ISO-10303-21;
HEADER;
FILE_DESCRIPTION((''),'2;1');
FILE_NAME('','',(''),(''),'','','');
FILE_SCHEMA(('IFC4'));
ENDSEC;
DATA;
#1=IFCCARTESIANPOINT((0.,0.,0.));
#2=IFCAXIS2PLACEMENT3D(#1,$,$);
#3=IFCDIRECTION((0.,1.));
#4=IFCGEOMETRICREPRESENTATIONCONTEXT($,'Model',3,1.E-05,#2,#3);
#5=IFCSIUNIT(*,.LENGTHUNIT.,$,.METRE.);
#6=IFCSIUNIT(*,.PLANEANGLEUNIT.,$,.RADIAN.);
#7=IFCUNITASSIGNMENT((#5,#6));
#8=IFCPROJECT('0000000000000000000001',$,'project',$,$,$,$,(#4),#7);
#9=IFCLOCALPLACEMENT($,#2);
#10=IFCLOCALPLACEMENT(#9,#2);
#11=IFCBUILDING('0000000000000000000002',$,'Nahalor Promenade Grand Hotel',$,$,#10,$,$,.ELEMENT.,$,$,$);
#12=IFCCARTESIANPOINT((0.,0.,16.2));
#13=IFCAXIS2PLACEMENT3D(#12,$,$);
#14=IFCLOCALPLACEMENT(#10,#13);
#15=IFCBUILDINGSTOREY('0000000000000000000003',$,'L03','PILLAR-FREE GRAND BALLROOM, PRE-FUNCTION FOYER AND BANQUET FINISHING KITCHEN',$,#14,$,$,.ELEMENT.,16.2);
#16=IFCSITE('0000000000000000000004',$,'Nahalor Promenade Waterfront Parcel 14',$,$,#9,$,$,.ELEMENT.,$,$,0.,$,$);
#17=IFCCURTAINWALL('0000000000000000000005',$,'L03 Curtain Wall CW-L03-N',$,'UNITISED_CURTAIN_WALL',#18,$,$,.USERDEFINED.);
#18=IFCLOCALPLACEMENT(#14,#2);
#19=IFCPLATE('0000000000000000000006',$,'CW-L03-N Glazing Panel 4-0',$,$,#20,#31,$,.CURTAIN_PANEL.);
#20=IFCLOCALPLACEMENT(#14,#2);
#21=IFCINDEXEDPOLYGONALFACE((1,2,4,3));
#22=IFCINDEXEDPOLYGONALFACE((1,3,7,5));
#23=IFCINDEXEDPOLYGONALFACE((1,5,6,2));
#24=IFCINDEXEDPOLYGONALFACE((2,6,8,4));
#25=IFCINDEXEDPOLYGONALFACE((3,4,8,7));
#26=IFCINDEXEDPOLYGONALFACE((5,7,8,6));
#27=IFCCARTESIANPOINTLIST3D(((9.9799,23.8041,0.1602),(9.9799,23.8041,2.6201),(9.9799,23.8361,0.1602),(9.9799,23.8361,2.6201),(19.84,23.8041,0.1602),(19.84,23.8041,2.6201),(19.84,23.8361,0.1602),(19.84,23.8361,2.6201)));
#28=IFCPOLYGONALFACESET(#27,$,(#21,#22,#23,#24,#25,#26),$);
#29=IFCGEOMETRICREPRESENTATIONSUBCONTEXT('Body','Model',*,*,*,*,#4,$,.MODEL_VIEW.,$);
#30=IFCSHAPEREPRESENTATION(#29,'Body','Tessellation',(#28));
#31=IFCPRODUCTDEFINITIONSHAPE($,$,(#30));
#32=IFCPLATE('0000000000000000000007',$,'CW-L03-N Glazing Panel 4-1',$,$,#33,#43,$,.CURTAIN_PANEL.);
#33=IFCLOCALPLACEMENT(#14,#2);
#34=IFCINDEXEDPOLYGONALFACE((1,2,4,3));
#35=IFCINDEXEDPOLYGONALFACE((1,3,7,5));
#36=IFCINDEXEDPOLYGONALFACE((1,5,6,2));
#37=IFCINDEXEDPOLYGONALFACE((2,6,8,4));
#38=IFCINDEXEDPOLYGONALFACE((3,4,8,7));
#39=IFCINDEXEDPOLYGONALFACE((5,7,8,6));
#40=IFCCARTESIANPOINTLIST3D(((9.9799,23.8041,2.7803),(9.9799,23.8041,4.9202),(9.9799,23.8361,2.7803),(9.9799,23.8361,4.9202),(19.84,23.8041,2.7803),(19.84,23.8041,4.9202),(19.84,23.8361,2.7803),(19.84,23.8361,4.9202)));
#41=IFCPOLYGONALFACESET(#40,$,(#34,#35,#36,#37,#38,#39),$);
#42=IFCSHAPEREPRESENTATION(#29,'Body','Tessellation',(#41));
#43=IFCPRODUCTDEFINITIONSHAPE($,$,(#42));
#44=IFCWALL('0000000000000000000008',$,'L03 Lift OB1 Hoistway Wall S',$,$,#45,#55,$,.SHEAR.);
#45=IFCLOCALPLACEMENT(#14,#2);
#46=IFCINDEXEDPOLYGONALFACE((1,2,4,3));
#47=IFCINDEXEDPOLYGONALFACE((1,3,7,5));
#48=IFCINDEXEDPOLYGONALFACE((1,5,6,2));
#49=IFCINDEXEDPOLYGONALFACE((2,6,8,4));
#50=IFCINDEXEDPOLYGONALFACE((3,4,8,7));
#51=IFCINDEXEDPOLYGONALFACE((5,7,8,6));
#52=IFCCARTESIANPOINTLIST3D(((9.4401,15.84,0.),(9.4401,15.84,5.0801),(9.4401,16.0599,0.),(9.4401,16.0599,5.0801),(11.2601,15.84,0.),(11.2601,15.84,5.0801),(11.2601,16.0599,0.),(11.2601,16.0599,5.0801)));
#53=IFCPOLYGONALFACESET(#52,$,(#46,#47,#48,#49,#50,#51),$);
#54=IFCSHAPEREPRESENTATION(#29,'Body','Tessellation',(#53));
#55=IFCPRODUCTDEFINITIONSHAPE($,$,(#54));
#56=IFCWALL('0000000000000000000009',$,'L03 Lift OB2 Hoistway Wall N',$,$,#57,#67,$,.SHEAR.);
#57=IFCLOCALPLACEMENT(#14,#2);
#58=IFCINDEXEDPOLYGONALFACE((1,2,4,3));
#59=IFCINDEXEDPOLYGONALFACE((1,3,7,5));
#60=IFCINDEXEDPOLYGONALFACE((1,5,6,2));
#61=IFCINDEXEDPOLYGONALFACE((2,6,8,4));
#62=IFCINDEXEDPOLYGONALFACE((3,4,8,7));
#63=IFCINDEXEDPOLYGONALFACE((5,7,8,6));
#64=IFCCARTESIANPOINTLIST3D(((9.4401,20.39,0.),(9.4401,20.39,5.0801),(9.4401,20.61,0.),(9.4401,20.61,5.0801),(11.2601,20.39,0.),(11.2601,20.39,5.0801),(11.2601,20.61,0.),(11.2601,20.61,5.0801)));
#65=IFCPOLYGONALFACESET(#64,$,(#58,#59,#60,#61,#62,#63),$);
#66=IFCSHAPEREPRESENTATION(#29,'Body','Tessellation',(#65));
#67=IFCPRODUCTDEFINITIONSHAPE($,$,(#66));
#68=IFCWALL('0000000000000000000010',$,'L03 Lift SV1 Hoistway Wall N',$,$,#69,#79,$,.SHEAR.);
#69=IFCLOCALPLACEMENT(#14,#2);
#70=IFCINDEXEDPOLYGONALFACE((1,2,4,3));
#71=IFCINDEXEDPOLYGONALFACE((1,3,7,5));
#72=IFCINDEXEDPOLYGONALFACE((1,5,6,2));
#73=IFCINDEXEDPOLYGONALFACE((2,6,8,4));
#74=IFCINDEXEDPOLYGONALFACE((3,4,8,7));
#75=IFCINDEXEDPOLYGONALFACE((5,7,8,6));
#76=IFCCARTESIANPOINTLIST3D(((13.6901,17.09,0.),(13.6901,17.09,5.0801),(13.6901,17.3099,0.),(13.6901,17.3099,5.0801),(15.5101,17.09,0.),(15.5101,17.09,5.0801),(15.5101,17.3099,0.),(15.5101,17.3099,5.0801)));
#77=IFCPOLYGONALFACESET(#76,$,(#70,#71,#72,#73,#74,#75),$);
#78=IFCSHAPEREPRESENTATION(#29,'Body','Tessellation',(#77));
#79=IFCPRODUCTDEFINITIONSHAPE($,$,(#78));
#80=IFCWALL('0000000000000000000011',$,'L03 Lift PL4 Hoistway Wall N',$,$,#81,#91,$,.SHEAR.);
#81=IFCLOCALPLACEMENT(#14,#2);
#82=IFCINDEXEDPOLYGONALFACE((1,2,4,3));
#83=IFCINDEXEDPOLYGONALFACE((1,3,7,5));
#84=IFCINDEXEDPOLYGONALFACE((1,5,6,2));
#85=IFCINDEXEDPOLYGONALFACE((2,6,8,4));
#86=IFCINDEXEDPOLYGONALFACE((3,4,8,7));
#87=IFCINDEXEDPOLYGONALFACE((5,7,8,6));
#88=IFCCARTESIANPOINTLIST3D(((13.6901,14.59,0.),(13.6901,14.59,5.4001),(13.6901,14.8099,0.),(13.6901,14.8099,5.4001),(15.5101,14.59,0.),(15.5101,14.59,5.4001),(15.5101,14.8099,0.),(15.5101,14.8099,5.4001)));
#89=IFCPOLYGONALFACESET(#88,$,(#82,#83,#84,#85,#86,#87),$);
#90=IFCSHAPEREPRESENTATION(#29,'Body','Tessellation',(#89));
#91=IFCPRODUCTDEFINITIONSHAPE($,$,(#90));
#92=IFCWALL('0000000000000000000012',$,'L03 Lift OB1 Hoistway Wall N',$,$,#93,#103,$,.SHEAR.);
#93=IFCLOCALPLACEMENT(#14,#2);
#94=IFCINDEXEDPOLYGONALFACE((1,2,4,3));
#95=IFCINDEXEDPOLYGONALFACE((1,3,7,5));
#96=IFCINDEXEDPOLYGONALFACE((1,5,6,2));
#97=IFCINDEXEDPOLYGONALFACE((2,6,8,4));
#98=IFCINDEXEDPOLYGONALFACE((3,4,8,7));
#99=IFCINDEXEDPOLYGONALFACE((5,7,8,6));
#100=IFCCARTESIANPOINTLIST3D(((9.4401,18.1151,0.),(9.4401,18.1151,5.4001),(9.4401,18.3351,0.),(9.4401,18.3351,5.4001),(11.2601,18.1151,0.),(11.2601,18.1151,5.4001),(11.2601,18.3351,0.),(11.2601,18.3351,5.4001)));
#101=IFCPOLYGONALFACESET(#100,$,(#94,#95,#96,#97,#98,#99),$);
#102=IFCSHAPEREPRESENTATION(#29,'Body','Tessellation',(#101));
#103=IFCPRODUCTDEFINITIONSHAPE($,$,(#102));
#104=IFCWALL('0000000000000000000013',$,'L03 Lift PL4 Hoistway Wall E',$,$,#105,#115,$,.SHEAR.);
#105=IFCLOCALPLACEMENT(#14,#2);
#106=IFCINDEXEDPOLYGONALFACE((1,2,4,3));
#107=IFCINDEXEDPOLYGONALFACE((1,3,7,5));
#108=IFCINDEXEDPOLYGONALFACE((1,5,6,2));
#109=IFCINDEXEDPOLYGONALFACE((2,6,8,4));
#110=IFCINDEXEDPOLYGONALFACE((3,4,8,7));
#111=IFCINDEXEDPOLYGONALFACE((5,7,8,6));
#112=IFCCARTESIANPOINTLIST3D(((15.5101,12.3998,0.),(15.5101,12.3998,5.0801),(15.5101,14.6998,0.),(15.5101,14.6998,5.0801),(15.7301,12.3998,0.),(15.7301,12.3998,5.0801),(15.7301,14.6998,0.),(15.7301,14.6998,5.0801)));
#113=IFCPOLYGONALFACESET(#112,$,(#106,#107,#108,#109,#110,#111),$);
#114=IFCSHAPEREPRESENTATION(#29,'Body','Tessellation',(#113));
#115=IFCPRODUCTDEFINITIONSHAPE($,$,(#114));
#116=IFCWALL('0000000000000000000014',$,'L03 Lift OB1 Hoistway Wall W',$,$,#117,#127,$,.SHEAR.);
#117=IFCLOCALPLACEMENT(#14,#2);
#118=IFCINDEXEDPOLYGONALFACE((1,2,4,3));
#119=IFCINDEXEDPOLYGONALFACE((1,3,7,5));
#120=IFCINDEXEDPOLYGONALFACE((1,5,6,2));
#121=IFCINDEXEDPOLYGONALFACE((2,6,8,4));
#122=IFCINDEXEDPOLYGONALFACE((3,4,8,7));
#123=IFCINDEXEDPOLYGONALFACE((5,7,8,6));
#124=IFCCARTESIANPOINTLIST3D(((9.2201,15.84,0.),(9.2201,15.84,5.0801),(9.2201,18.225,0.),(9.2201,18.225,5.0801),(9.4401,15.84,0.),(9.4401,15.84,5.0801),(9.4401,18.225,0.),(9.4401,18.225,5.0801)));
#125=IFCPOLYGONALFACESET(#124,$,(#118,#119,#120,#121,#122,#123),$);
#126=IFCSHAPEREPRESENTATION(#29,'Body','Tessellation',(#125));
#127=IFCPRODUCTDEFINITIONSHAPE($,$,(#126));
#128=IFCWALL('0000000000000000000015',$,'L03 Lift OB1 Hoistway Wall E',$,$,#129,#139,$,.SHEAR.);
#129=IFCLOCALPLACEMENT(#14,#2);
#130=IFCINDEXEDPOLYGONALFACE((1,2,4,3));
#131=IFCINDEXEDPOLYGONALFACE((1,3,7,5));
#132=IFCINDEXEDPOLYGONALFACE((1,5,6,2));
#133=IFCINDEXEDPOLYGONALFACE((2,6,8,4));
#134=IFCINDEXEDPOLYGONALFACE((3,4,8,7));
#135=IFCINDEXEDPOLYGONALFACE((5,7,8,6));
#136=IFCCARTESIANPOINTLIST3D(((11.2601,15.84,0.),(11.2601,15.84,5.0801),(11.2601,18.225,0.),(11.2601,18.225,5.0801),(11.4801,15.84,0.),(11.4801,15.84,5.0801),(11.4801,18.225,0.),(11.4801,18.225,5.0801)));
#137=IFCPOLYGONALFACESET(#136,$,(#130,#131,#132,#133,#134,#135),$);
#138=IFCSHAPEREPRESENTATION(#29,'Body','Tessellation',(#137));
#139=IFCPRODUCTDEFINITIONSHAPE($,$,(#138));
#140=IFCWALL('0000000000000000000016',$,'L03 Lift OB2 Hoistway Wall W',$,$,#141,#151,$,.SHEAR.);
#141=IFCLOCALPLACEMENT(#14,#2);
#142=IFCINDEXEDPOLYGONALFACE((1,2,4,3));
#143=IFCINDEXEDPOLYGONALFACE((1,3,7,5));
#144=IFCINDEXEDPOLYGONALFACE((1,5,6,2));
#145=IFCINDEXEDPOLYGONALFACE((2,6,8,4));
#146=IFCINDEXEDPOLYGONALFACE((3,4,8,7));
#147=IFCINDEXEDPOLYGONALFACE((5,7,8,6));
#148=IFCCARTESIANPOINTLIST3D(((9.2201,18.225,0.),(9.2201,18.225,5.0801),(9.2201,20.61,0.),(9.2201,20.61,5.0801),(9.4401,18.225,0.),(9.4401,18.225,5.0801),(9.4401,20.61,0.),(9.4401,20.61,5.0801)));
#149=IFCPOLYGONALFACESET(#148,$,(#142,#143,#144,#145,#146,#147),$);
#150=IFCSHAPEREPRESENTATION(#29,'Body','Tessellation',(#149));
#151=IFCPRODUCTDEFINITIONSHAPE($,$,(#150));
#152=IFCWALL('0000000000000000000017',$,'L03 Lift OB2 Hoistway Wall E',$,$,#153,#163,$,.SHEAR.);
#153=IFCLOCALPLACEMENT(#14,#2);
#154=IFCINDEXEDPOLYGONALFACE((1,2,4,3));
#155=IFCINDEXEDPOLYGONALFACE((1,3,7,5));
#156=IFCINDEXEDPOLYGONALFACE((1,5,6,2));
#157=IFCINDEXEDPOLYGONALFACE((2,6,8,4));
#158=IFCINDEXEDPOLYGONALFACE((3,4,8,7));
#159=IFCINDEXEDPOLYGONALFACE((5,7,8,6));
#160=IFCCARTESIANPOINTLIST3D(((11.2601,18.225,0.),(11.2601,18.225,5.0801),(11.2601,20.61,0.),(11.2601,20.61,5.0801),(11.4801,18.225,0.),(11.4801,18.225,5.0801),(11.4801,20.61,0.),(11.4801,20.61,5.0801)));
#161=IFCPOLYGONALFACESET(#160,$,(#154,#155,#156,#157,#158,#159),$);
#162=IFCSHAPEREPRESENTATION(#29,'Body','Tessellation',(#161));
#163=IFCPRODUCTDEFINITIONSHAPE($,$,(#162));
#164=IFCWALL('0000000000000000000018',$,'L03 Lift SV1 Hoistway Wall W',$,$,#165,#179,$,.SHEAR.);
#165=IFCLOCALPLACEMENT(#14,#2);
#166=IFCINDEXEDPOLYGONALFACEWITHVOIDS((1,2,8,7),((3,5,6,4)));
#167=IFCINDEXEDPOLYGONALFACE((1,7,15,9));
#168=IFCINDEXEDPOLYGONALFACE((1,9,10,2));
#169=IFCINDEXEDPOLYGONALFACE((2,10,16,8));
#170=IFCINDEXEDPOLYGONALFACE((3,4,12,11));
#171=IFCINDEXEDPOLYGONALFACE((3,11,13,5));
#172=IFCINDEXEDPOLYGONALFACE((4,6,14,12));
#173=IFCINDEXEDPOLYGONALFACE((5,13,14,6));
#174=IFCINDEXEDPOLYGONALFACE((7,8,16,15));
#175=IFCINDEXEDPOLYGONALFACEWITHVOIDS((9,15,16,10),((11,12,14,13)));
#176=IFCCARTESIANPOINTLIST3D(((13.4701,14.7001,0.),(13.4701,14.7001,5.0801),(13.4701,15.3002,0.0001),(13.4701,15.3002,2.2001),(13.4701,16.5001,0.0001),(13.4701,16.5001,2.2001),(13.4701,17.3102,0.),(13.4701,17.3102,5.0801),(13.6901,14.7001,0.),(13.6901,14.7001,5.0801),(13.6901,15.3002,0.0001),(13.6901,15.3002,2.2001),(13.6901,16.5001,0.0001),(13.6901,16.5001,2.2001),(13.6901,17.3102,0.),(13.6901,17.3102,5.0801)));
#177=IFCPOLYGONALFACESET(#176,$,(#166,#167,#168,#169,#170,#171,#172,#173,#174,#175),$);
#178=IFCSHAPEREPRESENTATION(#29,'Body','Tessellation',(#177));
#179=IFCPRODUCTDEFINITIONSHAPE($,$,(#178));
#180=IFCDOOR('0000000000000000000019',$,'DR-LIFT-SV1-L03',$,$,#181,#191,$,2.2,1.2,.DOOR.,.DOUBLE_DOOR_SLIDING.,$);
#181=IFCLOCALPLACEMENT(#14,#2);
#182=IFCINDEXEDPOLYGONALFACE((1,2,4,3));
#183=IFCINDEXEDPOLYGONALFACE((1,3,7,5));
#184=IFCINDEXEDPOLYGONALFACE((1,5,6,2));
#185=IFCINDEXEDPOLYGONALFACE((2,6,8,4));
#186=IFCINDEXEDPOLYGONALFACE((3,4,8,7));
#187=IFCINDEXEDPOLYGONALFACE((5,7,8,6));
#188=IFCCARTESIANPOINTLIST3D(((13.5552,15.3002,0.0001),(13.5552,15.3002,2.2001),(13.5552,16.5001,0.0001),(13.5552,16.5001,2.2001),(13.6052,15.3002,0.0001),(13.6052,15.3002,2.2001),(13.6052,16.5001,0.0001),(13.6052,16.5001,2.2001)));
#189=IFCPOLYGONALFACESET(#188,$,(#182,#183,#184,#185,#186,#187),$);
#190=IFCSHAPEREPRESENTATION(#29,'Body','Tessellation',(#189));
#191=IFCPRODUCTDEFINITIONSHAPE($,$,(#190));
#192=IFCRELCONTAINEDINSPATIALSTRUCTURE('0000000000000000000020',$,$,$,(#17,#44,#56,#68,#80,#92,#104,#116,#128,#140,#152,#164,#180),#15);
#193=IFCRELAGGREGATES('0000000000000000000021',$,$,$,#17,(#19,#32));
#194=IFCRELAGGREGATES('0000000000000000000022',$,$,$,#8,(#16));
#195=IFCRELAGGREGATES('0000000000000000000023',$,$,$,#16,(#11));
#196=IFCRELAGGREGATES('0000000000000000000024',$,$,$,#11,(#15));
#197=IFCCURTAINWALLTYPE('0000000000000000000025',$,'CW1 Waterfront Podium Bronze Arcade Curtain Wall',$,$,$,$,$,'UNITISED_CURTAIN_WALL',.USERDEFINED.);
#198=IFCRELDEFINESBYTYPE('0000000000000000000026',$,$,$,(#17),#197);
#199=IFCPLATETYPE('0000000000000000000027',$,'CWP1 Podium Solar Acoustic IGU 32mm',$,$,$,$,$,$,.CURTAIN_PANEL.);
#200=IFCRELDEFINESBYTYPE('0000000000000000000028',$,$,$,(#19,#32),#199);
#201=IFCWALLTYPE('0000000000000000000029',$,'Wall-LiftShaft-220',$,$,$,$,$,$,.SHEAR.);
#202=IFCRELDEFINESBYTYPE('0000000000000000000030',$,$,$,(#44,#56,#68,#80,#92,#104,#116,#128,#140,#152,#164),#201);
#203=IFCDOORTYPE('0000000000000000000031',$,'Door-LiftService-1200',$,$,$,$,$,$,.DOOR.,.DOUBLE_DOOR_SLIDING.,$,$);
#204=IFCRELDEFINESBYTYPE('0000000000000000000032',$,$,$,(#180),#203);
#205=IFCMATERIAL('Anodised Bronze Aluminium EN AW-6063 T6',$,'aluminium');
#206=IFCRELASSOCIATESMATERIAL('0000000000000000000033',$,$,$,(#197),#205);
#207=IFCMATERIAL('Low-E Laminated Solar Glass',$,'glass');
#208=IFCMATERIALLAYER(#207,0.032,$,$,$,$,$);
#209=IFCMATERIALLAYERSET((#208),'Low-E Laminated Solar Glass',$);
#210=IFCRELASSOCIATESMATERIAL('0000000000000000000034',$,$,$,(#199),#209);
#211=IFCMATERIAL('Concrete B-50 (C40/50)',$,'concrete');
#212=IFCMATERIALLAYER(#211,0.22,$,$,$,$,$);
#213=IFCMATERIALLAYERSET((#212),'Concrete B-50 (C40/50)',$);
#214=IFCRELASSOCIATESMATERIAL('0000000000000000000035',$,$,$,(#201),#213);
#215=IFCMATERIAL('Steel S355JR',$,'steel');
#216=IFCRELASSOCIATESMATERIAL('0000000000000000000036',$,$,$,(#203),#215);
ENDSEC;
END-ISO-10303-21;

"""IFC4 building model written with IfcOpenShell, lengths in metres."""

from ifc_helpers import new_model, si_unit, direction, frame, frame_2d, origin, origin_2d, place, context, subcontext, project, spatial, rectangle, extrude, source, transform, mapped, material, layer, layer_set, type_object, element, fill, aggregate, save


model = new_model("IFC4")

# Units and contexts
model_context = context("Model", 3, precision=1e-05, world=origin(), true_north=direction((0.0, 1.0)))
body_context = subcontext(model_context, "Body", "Model", "MODEL_VIEW")
ifc_project = project(units=[si_unit("LENGTHUNIT", "METRE"), si_unit("PLANEANGLEUNIT", "RADIAN")], contexts=[model_context])

# Site, building, storey
site_placement = place(None, origin())
site = spatial("IfcSite", under=ifc_project, at=site_placement, Name="Nahalor Promenade Waterfront Parcel 14", CompositionType="ELEMENT", RefElevation=0.0)
building_placement = place(site_placement, origin())
building = spatial("IfcBuilding", under=site, at=building_placement, Name="Nahalor Promenade Grand Hotel", CompositionType="ELEMENT")
storey_placement = place(building_placement, frame((0.0, 0.0, 16.2)))
storey = spatial("IfcBuildingStorey", under=building, at=storey_placement, Name="L03", Description="PILLAR-FREE GRAND BALLROOM, PRE-FUNCTION FOYER AND BANQUET FINISHING KITCHEN", CompositionType="ELEMENT", Elevation=16.2)

# Shared definitions
ifc_material_1 = material(Name="Steel S355JR", Category="steel")

# Curtain wall, plates
ifc_material_2 = material(Name="Anodised Bronze Aluminium EN AW-6063 T6", Category="aluminium")
curtain_wall_type = type_object("IfcCurtainWallType", Name="CW1 Waterfront Podium Bronze Arcade Curtain Wall", ElementType="UNITISED_CURTAIN_WALL", PredefinedType="USERDEFINED", material=ifc_material_2)
curtain_wall_placement = place(storey_placement, origin())
curtain_wall = element("IfcCurtainWall", 1, at=curtain_wall_placement, inside=storey, type_object=curtain_wall_type, Name="L03 Curtain Wall CW-L03-N", ObjectType="UNITISED_CURTAIN_WALL", PredefinedType="USERDEFINED")
ifc_material_3 = material(Name="Low-E Laminated Solar Glass", Category="glass")
ifc_layer_1 = layer(ifc_material_3, 0.032)
ifc_layer_set_1 = layer_set([ifc_layer_1], Name="Low-E Laminated Solar Glass")
plate_type = type_object("IfcPlateType", Name="CWP1 Podium Solar Acoustic IGU 32mm", PredefinedType="CURTAIN_PANEL", material=ifc_layer_set_1)
shared_shape_1 = source(origin(), body_context, "Body", "SweptSolid", [
    extrude(rectangle(XDim=9.8601, YDim=0.032, at=origin_2d()), origin(), (0.0, 0.0, 1.0), 2.46),
])
plate_1_placement = place(storey_placement, frame((14.9099, 23.8201, 0.1602), z_axis=(0.0, 0.0, 1.0), x_axis=(1.0, 0.0, 0.0)))
plate_1 = element("IfcPlate", 2, at=plate_1_placement, type_object=plate_type, Name="CW-L03-N Glazing Panel 4-0", PredefinedType="CURTAIN_PANEL", context=body_context, shape_type="MappedRepresentation", body=[
    mapped(shared_shape_1, transform((0.0, 0.0, 0.0), scale=1.0)),
])
shared_shape_2 = source(origin(), body_context, "Body", "SweptSolid", [
    extrude(rectangle(XDim=9.8601, YDim=0.032, at=origin_2d()), origin(), (0.0, 0.0, 1.0), 2.1399),
])
plate_2_placement = place(storey_placement, frame((14.9099, 23.8201, 2.7803), z_axis=(0.0, 0.0, 1.0), x_axis=(1.0, 0.0, 0.0)))
plate_2 = element("IfcPlate", 3, at=plate_2_placement, type_object=plate_type, Name="CW-L03-N Glazing Panel 4-1", PredefinedType="CURTAIN_PANEL", context=body_context, shape_type="MappedRepresentation", body=[
    mapped(shared_shape_2, transform((0.0, 0.0, 0.0), scale=1.0)),
])
aggregate(curtain_wall, [plate_1, plate_2])

# Walls
ifc_material_4 = material(Name="Concrete B-50 (C40/50)", Category="concrete")
ifc_layer_2 = layer(ifc_material_4, 0.22)
ifc_layer_set_2 = layer_set([ifc_layer_2], Name="Concrete B-50 (C40/50)")
wall_type_1 = type_object("IfcWallType", Name="Wall-LiftShaft-220", PredefinedType="SHEAR", material=ifc_layer_set_2)
shared_shape_3 = source(origin(), body_context, "Body", "SweptSolid", [
    extrude(rectangle(XDim=1.8201, YDim=0.22, at=frame_2d((0.9102, 0.0))), origin(), (0.0, 0.0, 1.0), 5.0801),
])
for number, where, z_axis, x_axis, name in (
    (4, (9.4399, 15.95, 0.0), (0.0, 0.0, 1.0), (1.0, 0.0, 0.0), "L03 Lift OB1 Hoistway Wall S"),
    (5, (9.4399, 20.5, 0.0), (0.0, 0.0, 1.0), (1.0, 0.0, 0.0), "L03 Lift OB2 Hoistway Wall N"),
    (6, (13.6899, 17.2, 0.0), (0.0, 0.0, 1.0), (1.0, 0.0, 0.0), "L03 Lift SV1 Hoistway Wall N"),
):
    element("IfcWall", number, at=place(storey_placement, frame(where, z_axis=z_axis, x_axis=x_axis)), inside=storey, type_object=wall_type_1, Name=name, PredefinedType="SHEAR", context=body_context, shape_type="MappedRepresentation", body=[
        mapped(shared_shape_3, transform((0.0, 0.0, 0.0), scale=1.0)),
    ])
shared_shape_4 = source(origin(), body_context, "Body", "SweptSolid", [
    extrude(rectangle(XDim=1.8201, YDim=0.22, at=frame_2d((0.9102, 0.0))), origin(), (0.0, 0.0, 1.0), 5.4001),
])
for number, where, z_axis, x_axis, name in (
    (7, (13.6899, 14.7, 0.0), (0.0, 0.0, 1.0), (1.0, 0.0, 0.0), "L03 Lift PL4 Hoistway Wall N"),
    (8, (9.4399, 18.2251, 0.0), (0.0, 0.0, 1.0), (1.0, 0.0, 0.0), "L03 Lift OB1 Hoistway Wall N"),
):
    element("IfcWall", number, at=place(storey_placement, frame(where, z_axis=z_axis, x_axis=x_axis)), inside=storey, type_object=wall_type_1, Name=name, PredefinedType="SHEAR", context=body_context, shape_type="MappedRepresentation", body=[
        mapped(shared_shape_4, transform((0.0, 0.0, 0.0), scale=1.0)),
    ])
shared_shape_5 = source(origin(), body_context, "Body", "SweptSolid", [
    extrude(rectangle(XDim=2.3, YDim=0.22, at=frame_2d((1.1499, 0.0))), origin(), (0.0, 0.0, 1.0), 5.0801),
])
wall_1_placement = place(storey_placement, frame((15.6201, 12.3999, 0.0), z_axis=(0.0, 0.0, 1.0), x_axis=(0.0, 1.0, 0.0)))
element("IfcWall", 9, at=wall_1_placement, inside=storey, type_object=wall_type_1, Name="L03 Lift PL4 Hoistway Wall E", PredefinedType="SHEAR", context=body_context, shape_type="MappedRepresentation", body=[
    mapped(shared_shape_5, transform((0.0, 0.0, 0.0), scale=1.0)),
])
shared_shape_6 = source(origin(), body_context, "Body", "SweptSolid", [
    extrude(rectangle(XDim=2.385, YDim=0.22, at=frame_2d((1.1924, 0.0))), origin(), (0.0, 0.0, 1.0), 5.0801),
])
for number, where, z_axis, x_axis, name in (
    (10, (9.3301, 15.8401, 0.0), (0.0, 0.0, 1.0), (0.0, 1.0, 0.0), "L03 Lift OB1 Hoistway Wall W"),
    (11, (11.3701, 15.8401, 0.0), (0.0, 0.0, 1.0), (0.0, 1.0, 0.0), "L03 Lift OB1 Hoistway Wall E"),
    (12, (9.3301, 18.2251, 0.0), (0.0, 0.0, 1.0), (0.0, 1.0, 0.0), "L03 Lift OB2 Hoistway Wall W"),
    (13, (11.3701, 18.2251, 0.0), (0.0, 0.0, 1.0), (0.0, 1.0, 0.0), "L03 Lift OB2 Hoistway Wall E"),
):
    element("IfcWall", number, at=place(storey_placement, frame(where, z_axis=z_axis, x_axis=x_axis)), inside=storey, type_object=wall_type_1, Name=name, PredefinedType="SHEAR", context=body_context, shape_type="MappedRepresentation", body=[
        mapped(shared_shape_6, transform((0.0, 0.0, 0.0), scale=1.0)),
    ])

# Wall, opening, door
shared_shape_7 = source(origin(), body_context, "Body", "SweptSolid", [
    extrude(rectangle(XDim=2.6101, YDim=0.22, at=frame_2d((1.3052, 0.0))), origin(), (0.0, 0.0, 1.0), 5.0801),
])
wall_2_placement = place(storey_placement, frame((13.5801, 14.7, 0.0), z_axis=(0.0, 0.0, 1.0), x_axis=(0.0, 1.0, 0.0)))
wall_2 = element("IfcWall", 14, at=wall_2_placement, inside=storey, type_object=wall_type_1, Name="L03 Lift SV1 Hoistway Wall W", PredefinedType="SHEAR", context=body_context, shape_type="MappedRepresentation", body=[
    mapped(shared_shape_7, transform((0.0, 0.0, 0.0), scale=1.0)),
])
opening_1_placement = place(wall_2_placement, frame((0.6001, 0.0, 0.0)))
opening_1 = element("IfcOpeningElement", 15, at=opening_1_placement, cuts=wall_2, PredefinedType="OPENING", context=body_context, shape_type="SweptSolid", body=[
    extrude(rectangle(XDim=1.2, YDim=2.2, at=frame_2d((0.6001, 1.1001))), frame((0.0, 0.1199, 0.0), z_axis=(0.0, -1.0, 0.0), x_axis=(1.0, 0.0, 0.0)), (0.0, 0.0, 1.0), 0.24),
])
door_type_1 = type_object("IfcDoorType", Name="Door-LiftService-1200", OperationType="DOUBLE_DOOR_SLIDING", PredefinedType="DOOR", material=ifc_material_1)
shared_shape_8 = source(origin(), body_context, "Body", "SweptSolid", [
    extrude(rectangle(XDim=1.2, YDim=2.2, at=frame_2d((0.6001, 1.1001))), frame((0.0, 0.0249, 0.0), z_axis=(0.0, -1.0, 0.0), x_axis=(1.0, 0.0, 0.0)), (0.0, 0.0, 1.0), 0.05),
])
door_1_placement = place(opening_1_placement, origin())
door_1 = element("IfcDoor", 16, at=door_1_placement, inside=storey, type_object=door_type_1, Name="DR-LIFT-SV1-L03", OperationType="DOUBLE_DOOR_SLIDING", OverallHeight=2.2, OverallWidth=1.2, PredefinedType="DOOR", context=body_context, shape_type="MappedRepresentation", body=[
    mapped(shared_shape_8, transform((0.0, 0.0, 0.0), scale=1.0)),
])
fill(opening_1, door_1)

save(model, "model.ifc")
